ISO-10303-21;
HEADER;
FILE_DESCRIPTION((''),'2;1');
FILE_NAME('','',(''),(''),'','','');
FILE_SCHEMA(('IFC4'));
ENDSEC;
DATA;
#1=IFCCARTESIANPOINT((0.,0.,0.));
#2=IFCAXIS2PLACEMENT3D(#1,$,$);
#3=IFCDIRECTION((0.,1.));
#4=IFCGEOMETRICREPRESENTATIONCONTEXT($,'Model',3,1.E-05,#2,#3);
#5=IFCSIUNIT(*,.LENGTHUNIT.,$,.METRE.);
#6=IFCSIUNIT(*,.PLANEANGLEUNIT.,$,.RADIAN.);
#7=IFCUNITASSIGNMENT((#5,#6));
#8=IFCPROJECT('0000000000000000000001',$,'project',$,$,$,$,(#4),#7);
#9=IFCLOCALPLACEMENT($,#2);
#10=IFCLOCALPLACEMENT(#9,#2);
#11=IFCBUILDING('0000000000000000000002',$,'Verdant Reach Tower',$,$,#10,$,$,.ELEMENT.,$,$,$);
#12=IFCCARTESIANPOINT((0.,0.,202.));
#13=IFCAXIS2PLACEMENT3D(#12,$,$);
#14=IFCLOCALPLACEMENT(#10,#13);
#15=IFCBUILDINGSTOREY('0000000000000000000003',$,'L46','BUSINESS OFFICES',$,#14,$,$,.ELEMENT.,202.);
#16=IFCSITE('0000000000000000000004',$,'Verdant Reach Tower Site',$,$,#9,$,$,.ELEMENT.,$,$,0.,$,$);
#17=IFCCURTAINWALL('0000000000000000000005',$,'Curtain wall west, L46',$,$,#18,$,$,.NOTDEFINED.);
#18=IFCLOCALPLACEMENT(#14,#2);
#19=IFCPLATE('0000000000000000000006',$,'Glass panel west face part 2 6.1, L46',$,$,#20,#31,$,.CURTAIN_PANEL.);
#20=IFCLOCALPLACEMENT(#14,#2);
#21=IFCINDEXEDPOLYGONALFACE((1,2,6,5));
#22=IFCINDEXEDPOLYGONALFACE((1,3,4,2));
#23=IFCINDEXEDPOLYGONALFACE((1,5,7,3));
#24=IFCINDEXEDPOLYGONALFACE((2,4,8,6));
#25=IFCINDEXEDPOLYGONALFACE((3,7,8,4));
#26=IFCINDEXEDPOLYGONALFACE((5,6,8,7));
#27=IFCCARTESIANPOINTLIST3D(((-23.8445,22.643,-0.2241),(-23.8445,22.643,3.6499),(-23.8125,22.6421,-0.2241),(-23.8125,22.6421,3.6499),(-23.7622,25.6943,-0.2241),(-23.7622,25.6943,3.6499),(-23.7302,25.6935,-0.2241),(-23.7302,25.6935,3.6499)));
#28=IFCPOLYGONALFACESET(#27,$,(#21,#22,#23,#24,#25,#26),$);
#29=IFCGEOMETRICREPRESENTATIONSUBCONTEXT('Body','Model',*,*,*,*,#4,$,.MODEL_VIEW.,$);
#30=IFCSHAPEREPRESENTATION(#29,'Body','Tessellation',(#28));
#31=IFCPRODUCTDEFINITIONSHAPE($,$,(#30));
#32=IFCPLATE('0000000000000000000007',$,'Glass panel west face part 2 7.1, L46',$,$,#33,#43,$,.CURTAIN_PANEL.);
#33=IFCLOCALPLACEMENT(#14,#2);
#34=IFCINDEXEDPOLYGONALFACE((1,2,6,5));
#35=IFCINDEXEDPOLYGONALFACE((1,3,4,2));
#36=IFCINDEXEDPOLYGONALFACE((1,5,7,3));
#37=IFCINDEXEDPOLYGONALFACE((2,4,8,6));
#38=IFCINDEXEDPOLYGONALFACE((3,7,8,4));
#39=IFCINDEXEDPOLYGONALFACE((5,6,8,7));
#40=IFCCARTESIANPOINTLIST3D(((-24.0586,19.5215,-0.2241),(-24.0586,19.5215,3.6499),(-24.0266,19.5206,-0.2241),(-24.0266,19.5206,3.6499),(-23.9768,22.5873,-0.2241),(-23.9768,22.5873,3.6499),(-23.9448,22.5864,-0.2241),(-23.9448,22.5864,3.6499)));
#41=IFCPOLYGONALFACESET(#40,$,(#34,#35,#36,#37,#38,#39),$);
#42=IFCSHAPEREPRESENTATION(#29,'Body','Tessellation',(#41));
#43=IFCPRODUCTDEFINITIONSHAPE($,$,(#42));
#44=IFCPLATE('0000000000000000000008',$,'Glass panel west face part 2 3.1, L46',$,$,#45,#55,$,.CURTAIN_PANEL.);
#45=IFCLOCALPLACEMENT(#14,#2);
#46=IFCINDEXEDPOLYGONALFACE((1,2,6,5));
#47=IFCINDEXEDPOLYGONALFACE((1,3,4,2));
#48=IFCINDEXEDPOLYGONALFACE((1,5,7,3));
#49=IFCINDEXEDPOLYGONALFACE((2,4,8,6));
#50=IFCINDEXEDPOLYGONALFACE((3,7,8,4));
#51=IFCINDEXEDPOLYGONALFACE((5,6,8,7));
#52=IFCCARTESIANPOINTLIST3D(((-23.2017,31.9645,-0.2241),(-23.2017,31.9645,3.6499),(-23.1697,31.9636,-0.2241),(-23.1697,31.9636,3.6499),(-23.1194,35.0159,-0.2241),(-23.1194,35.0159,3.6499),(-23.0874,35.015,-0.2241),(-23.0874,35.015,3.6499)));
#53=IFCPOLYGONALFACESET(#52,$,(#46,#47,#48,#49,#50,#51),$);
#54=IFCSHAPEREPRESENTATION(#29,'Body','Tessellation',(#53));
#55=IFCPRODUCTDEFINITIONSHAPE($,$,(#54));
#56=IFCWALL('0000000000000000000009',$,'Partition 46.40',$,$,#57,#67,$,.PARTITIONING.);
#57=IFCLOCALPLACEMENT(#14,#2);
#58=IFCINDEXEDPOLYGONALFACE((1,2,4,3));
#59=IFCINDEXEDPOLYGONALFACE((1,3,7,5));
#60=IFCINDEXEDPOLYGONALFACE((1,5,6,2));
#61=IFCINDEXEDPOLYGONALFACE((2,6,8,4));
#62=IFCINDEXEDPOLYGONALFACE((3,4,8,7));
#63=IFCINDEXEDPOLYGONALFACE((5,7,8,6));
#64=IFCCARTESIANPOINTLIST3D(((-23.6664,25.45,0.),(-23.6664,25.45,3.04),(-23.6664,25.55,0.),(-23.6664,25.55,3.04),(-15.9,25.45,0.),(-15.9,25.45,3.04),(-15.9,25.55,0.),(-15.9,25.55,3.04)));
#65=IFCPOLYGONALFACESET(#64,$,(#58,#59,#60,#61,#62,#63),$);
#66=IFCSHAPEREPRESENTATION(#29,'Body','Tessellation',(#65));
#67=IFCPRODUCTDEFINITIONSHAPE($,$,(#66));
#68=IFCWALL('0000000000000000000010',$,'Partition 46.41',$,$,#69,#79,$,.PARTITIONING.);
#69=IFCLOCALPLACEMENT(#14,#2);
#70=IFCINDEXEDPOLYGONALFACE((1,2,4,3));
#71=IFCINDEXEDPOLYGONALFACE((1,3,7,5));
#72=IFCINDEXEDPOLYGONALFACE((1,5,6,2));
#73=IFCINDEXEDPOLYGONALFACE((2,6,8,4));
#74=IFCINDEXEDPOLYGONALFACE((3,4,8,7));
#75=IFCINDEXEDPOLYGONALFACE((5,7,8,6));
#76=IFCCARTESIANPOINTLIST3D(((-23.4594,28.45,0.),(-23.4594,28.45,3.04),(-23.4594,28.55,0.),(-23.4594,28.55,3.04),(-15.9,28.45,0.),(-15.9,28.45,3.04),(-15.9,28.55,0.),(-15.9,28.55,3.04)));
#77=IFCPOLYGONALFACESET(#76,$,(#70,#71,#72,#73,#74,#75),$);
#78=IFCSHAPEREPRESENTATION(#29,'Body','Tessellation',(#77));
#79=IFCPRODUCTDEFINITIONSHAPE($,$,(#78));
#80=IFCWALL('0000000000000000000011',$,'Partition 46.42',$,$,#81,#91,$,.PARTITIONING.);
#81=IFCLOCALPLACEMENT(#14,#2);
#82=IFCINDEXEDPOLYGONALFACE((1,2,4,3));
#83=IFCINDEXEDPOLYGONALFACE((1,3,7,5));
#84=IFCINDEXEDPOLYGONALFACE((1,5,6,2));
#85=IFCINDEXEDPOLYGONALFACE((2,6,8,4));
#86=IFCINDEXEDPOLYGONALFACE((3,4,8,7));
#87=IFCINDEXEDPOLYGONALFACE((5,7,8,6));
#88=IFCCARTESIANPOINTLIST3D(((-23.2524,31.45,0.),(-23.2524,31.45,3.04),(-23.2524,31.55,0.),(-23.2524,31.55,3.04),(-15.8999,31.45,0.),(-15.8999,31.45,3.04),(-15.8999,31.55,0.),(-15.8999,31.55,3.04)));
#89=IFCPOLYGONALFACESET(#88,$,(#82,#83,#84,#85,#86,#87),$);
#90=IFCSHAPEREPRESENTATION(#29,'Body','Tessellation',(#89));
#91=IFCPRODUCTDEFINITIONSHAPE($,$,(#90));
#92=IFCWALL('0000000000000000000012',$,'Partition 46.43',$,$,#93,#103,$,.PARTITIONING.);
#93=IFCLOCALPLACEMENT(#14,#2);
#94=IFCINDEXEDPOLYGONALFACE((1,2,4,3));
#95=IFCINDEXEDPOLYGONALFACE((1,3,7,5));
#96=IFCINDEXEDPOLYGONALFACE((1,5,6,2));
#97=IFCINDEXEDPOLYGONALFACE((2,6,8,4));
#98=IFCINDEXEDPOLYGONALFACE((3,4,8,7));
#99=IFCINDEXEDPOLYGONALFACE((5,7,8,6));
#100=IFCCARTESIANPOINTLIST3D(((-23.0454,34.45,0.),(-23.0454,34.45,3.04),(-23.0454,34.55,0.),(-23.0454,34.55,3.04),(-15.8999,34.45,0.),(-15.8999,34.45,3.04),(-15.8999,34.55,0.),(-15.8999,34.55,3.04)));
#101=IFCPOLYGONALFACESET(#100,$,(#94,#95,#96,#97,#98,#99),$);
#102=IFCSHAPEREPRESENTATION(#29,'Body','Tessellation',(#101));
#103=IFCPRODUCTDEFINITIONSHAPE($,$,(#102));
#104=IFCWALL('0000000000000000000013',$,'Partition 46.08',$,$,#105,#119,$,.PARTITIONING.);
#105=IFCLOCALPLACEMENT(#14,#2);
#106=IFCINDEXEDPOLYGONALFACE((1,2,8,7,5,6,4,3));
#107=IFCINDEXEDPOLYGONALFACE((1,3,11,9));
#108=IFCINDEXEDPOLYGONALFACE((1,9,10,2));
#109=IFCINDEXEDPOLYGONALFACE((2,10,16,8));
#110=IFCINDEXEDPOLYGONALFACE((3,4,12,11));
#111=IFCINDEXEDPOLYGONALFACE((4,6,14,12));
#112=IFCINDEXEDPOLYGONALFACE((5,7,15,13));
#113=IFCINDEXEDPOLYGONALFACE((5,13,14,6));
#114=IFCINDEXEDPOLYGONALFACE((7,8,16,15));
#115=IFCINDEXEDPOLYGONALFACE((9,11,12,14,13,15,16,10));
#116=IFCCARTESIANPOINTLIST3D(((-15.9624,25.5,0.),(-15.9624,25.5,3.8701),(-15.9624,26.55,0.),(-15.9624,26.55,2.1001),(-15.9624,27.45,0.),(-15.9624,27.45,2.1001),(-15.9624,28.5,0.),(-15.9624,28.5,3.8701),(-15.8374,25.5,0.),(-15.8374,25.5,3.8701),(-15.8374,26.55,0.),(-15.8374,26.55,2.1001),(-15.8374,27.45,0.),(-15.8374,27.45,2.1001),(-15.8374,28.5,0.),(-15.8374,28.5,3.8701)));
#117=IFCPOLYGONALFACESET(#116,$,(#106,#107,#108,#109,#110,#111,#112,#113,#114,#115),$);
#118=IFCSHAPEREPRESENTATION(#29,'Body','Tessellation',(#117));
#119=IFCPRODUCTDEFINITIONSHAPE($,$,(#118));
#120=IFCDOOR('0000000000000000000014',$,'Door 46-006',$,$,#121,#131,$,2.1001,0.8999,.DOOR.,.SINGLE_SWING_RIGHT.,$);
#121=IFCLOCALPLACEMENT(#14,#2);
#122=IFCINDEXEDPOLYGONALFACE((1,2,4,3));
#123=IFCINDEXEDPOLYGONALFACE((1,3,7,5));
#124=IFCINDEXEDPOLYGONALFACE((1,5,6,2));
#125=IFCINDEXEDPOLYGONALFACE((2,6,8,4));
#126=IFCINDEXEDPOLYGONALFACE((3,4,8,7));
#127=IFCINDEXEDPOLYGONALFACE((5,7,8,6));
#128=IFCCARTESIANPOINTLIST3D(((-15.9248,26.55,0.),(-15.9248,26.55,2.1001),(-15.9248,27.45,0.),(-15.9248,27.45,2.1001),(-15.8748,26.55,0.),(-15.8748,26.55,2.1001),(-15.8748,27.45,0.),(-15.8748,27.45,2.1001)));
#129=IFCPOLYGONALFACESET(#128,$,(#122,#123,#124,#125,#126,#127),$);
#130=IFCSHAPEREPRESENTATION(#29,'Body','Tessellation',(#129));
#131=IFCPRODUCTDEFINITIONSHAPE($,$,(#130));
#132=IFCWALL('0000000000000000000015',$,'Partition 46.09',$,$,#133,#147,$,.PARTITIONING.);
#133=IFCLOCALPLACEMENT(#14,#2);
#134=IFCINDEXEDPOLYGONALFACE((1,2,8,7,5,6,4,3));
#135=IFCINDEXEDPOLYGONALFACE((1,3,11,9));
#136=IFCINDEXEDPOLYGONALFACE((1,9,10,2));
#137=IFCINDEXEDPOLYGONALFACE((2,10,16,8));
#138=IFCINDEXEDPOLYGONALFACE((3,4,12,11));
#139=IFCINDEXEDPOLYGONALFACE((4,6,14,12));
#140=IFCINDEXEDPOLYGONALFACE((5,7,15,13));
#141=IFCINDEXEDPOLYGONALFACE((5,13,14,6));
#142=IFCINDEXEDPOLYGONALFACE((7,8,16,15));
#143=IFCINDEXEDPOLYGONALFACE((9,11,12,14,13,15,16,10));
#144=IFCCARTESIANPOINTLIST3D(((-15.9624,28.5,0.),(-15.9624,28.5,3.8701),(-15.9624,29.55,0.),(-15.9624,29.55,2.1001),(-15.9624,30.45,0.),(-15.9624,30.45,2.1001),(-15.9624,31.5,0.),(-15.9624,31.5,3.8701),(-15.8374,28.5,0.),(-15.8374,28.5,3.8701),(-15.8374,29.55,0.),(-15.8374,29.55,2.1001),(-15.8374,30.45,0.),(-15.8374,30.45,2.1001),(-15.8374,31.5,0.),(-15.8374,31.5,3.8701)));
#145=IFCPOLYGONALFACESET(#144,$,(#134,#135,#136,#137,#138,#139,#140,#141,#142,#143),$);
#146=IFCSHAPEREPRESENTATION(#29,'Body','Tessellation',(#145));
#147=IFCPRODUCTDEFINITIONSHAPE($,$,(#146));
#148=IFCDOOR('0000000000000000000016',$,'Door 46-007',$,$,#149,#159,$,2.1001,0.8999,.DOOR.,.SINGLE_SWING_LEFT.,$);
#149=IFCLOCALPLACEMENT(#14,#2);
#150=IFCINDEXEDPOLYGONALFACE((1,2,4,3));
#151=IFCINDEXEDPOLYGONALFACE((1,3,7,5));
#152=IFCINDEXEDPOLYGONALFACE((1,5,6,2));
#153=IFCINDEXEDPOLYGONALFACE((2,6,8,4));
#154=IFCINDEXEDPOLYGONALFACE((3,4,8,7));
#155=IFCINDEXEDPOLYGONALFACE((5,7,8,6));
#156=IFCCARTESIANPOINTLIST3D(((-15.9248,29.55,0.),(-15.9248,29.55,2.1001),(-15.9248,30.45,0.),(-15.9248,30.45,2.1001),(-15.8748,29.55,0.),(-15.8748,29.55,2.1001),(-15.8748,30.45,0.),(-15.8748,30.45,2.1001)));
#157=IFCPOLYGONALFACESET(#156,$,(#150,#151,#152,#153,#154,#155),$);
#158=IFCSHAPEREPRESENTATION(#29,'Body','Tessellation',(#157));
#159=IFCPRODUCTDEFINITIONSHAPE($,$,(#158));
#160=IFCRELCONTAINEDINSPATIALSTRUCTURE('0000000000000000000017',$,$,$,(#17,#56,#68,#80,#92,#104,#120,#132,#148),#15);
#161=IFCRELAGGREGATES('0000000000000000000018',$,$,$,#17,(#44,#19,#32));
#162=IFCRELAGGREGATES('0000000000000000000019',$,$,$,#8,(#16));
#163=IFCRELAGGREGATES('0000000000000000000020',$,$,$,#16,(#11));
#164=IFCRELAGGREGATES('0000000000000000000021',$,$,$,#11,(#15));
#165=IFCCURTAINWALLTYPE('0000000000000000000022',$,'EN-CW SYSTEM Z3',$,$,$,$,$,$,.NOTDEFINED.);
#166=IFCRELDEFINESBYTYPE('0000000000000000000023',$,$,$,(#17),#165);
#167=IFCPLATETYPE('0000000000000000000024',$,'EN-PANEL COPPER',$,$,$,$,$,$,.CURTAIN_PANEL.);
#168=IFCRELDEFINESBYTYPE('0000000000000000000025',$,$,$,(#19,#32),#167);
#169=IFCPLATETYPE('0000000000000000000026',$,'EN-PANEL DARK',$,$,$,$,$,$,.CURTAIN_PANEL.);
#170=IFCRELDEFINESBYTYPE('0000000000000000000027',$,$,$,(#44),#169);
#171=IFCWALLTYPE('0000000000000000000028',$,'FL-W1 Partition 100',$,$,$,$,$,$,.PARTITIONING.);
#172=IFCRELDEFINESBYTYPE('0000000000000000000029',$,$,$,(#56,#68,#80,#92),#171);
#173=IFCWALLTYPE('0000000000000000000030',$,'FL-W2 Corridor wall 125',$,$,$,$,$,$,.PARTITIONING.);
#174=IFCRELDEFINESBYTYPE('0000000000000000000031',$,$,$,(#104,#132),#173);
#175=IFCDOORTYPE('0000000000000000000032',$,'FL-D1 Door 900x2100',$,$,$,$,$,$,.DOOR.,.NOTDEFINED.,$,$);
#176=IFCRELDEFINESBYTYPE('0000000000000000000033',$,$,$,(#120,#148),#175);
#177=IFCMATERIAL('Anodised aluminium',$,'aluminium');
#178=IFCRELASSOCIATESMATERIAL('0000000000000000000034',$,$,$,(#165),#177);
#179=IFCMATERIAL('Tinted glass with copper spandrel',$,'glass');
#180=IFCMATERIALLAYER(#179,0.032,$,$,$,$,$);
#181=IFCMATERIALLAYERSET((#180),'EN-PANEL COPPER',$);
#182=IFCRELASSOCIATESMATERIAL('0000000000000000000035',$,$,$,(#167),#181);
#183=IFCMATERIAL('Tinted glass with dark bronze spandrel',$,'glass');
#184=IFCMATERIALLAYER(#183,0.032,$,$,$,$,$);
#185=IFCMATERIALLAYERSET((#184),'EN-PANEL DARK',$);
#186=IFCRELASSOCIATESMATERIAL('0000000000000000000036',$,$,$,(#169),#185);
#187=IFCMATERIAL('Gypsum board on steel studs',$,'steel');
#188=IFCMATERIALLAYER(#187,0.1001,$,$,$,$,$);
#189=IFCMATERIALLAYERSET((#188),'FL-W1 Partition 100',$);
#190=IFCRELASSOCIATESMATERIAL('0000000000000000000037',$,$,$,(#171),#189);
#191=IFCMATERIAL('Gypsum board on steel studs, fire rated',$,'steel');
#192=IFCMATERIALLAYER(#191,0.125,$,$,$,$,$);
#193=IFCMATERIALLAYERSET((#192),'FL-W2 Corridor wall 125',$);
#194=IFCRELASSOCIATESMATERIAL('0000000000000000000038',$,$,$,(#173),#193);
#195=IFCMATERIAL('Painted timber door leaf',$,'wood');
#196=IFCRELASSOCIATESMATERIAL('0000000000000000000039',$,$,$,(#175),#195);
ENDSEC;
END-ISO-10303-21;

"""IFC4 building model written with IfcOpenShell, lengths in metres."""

from ifc_helpers import new_model, si_unit, direction, frame, frame_2d, origin, origin_2d, place, context, subcontext, project, spatial, rectangle, extrude, material, layer, layer_set, type_object, element, fill, aggregate, save


model = new_model("IFC4")

# Units and contexts
model_context = context("Model", 3, precision=1e-05, world=origin(), true_north=direction((0.0, 1.0)))
body_context = subcontext(model_context, "Body", "Model", "MODEL_VIEW")
ifc_project = project(units=[si_unit("LENGTHUNIT", "METRE"), si_unit("PLANEANGLEUNIT", "RADIAN")], contexts=[model_context])

# Site, building, storey
site_placement = place(None, origin())
site = spatial("IfcSite", under=ifc_project, at=site_placement, Name="Verdant Reach Tower Site", CompositionType="ELEMENT", RefElevation=0.0)
building_placement = place(site_placement, origin())
building = spatial("IfcBuilding", under=site, at=building_placement, Name="Verdant Reach Tower", CompositionType="ELEMENT")
storey_placement = place(building_placement, frame((0.0, 0.0, 202.0)))
storey = spatial("IfcBuildingStorey", under=building, at=storey_placement, Name="L46", Description="BUSINESS OFFICES", CompositionType="ELEMENT", Elevation=202.0)

# Curtain wall, plates
ifc_material_1 = material(Name="Anodised aluminium", Category="aluminium")
curtain_wall_type = type_object("IfcCurtainWallType", Name="EN-CW SYSTEM Z3", PredefinedType="NOTDEFINED", material=ifc_material_1)
curtain_wall_placement = place(storey_placement, origin())
curtain_wall = element("IfcCurtainWall", 1, at=curtain_wall_placement, inside=storey, type_object=curtain_wall_type, Name="Curtain wall west, L46", PredefinedType="NOTDEFINED")
ifc_material_2 = material(Name="Tinted glass with copper spandrel", Category="glass")
ifc_layer_1 = layer(ifc_material_2, 0.032)
ifc_layer_set_1 = layer_set([ifc_layer_1], Name="EN-PANEL COPPER")
plate_type_1 = type_object("IfcPlateType", Name="EN-PANEL COPPER", PredefinedType="CURTAIN_PANEL", material=ifc_layer_set_1)
plate_1_placement = place(storey_placement, frame((-23.7874, 24.1682, -0.2241), z_axis=(0.0, 0.0, 1.0), x_axis=(-0.026965, -0.999636, 0.0)))
plate_1 = element("IfcPlate", 2, at=plate_1_placement, type_object=plate_type_1, Name="Glass panel west face part 2 6.1, L46", PredefinedType="CURTAIN_PANEL", context=body_context, shape_type="SweptSolid", body=[
    extrude(rectangle(XDim=3.0525, YDim=0.032, at=origin_2d()), origin(), (0.0, 0.0, 1.0), 3.874),
])
plate_2_placement = place(storey_placement, frame((-24.0017, 21.054, -0.2241), z_axis=(0.0, 0.0, 1.0), x_axis=(-0.02666, -0.999645, 0.0)))
plate_2 = element("IfcPlate", 3, at=plate_2_placement, type_object=plate_type_1, Name="Glass panel west face part 2 7.1, L46", PredefinedType="CURTAIN_PANEL", context=body_context, shape_type="SweptSolid", body=[
    extrude(rectangle(XDim=3.0669, YDim=0.032, at=origin_2d()), origin(), (0.0, 0.0, 1.0), 3.874),
])
ifc_material_3 = material(Name="Tinted glass with dark bronze spandrel", Category="glass")
ifc_layer_2 = layer(ifc_material_3, 0.032)
ifc_layer_set_2 = layer_set([ifc_layer_2], Name="EN-PANEL DARK")
plate_type_2 = type_object("IfcPlateType", Name="EN-PANEL DARK", PredefinedType="CURTAIN_PANEL", material=ifc_layer_set_2)
plate_3_placement = place(storey_placement, frame((-23.1445, 33.4897, -0.2241), z_axis=(0.0, 0.0, 1.0), x_axis=(-0.026965, -0.999636, 0.0)))
plate_3 = element("IfcPlate", 4, at=plate_3_placement, type_object=plate_type_2, Name="Glass panel west face part 2 3.1, L46", PredefinedType="CURTAIN_PANEL", context=body_context, shape_type="SweptSolid", body=[
    extrude(rectangle(XDim=3.0525, YDim=0.032, at=origin_2d()), origin(), (0.0, 0.0, 1.0), 3.874),
])
aggregate(curtain_wall, [plate_3, plate_1, plate_2])

# Walls
ifc_material_4 = material(Name="Gypsum board on steel studs", Category="steel")
ifc_layer_3 = layer(ifc_material_4, 0.1001)
ifc_layer_set_3 = layer_set([ifc_layer_3], Name="FL-W1 Partition 100")
wall_type_1 = type_object("IfcWallType", Name="FL-W1 Partition 100", PredefinedType="PARTITIONING", material=ifc_layer_set_3)
wall_1_placement = place(storey_placement, frame((-15.8999, 25.5, 0.0), z_axis=(0.0, 0.0, 1.0), x_axis=(-1.0, 0.0, 0.0)))
element("IfcWall", 5, at=wall_1_placement, inside=storey, type_object=wall_type_1, Name="Partition 46.40", PredefinedType="PARTITIONING", context=body_context, shape_type="SweptSolid", body=[
    extrude(rectangle(XDim=7.7664, YDim=0.1001, at=frame_2d((3.8833, 0.0))), origin(), (0.0, 0.0, 1.0), 3.04),
])
wall_2_placement = place(storey_placement, frame((-15.8999, 28.5, 0.0), z_axis=(0.0, 0.0, 1.0), x_axis=(-1.0, 0.0, 0.0)))
element("IfcWall", 6, at=wall_2_placement, inside=storey, type_object=wall_type_1, Name="Partition 46.41", PredefinedType="PARTITIONING", context=body_context, shape_type="SweptSolid", body=[
    extrude(rectangle(XDim=7.5593, YDim=0.1001, at=frame_2d((3.7798, 0.0))), origin(), (0.0, 0.0, 1.0), 3.04),
])
wall_3_placement = place(storey_placement, frame((-15.8999, 31.5, 0.0), z_axis=(0.0, 0.0, 1.0), x_axis=(-1.0, 0.0, 0.0)))
element("IfcWall", 7, at=wall_3_placement, inside=storey, type_object=wall_type_1, Name="Partition 46.42", PredefinedType="PARTITIONING", context=body_context, shape_type="SweptSolid", body=[
    extrude(rectangle(XDim=7.3525, YDim=0.1001, at=frame_2d((3.6763, 0.0))), origin(), (0.0, 0.0, 1.0), 3.04),
])
wall_4_placement = place(storey_placement, frame((-15.8999, 34.5, 0.0), z_axis=(0.0, 0.0, 1.0), x_axis=(-1.0, 0.0, 0.0)))
element("IfcWall", 8, at=wall_4_placement, inside=storey, type_object=wall_type_1, Name="Partition 46.43", PredefinedType="PARTITIONING", context=body_context, shape_type="SweptSolid", body=[
    extrude(rectangle(XDim=7.1455, YDim=0.1001, at=frame_2d((3.5728, 0.0))), origin(), (0.0, 0.0, 1.0), 3.04),
])

# Walls, openings, doors
ifc_material_5 = material(Name="Gypsum board on steel studs, fire rated", Category="steel")
ifc_layer_4 = layer(ifc_material_5, 0.125)
ifc_layer_set_4 = layer_set([ifc_layer_4], Name="FL-W2 Corridor wall 125")
wall_type_2 = type_object("IfcWallType", Name="FL-W2 Corridor wall 125", PredefinedType="PARTITIONING", material=ifc_layer_set_4)
wall_5_placement = place(storey_placement, frame((-15.8999, 25.5, 0.0), z_axis=(0.0, 0.0, 1.0), x_axis=(0.0, 1.0, 0.0)))
wall_5 = element("IfcWall", 9, at=wall_5_placement, inside=storey, type_object=wall_type_2, Name="Partition 46.08", PredefinedType="PARTITIONING", context=body_context, shape_type="SweptSolid", body=[
    extrude(rectangle(XDim=3.0, YDim=0.125, at=frame_2d((1.5, 0.0))), origin(), (0.0, 0.0, 1.0), 3.8701),
])
opening_1_placement = place(wall_5_placement, frame((1.05, 0.0, 0.0)))
opening_1 = element("IfcOpeningElement", 10, at=opening_1_placement, cuts=wall_5, PredefinedType="OPENING", context=body_context, shape_type="SweptSolid", body=[
    extrude(rectangle(XDim=0.8999, YDim=2.1001, at=frame_2d((0.45, 1.05))), frame((0.0, 0.0725, 0.0), z_axis=(0.0, -1.0, 0.0), x_axis=(1.0, 0.0, 0.0)), (0.0, 0.0, 1.0), 0.145),
])
ifc_material_6 = material(Name="Painted timber door leaf", Category="wood")
door_type_1 = type_object("IfcDoorType", Name="FL-D1 Door 900x2100", OperationType="NOTDEFINED", PredefinedType="DOOR", material=ifc_material_6)
door_1_placement = place(opening_1_placement, origin())
door_1 = element("IfcDoor", 11, at=door_1_placement, inside=storey, type_object=door_type_1, Name="Door 46-006", OperationType="SINGLE_SWING_RIGHT", OverallHeight=2.1001, OverallWidth=0.8999, PredefinedType="DOOR", context=body_context, shape_type="SweptSolid", body=[
    extrude(rectangle(XDim=0.8999, YDim=2.1001, at=frame_2d((0.45, 1.05))), frame((0.0, 0.0249, 0.0), z_axis=(0.0, -1.0, 0.0), x_axis=(1.0, 0.0, 0.0)), (0.0, 0.0, 1.0), 0.05),
])
fill(opening_1, door_1)
wall_6_placement = place(storey_placement, frame((-15.8999, 28.5, 0.0), z_axis=(0.0, 0.0, 1.0), x_axis=(0.0, 1.0, 0.0)))
wall_6 = element("IfcWall", 12, at=wall_6_placement, inside=storey, type_object=wall_type_2, Name="Partition 46.09", PredefinedType="PARTITIONING", context=body_context, shape_type="SweptSolid", body=[
    extrude(rectangle(XDim=3.0, YDim=0.125, at=frame_2d((1.5, 0.0))), origin(), (0.0, 0.0, 1.0), 3.8701),
])
opening_2_placement = place(wall_6_placement, frame((1.05, 0.0, 0.0)))
opening_2 = element("IfcOpeningElement", 13, at=opening_2_placement, cuts=wall_6, PredefinedType="OPENING", context=body_context, shape_type="SweptSolid", body=[
    extrude(rectangle(XDim=0.8999, YDim=2.1001, at=frame_2d((0.45, 1.05))), frame((0.0, 0.0725, 0.0), z_axis=(0.0, -1.0, 0.0), x_axis=(1.0, 0.0, 0.0)), (0.0, 0.0, 1.0), 0.145),
])
door_2_placement = place(opening_2_placement, origin())
door_2 = element("IfcDoor", 14, at=door_2_placement, inside=storey, type_object=door_type_1, Name="Door 46-007", OperationType="SINGLE_SWING_LEFT", OverallHeight=2.1001, OverallWidth=0.8999, PredefinedType="DOOR", context=body_context, shape_type="SweptSolid", body=[
    extrude(rectangle(XDim=0.8999, YDim=2.1001, at=frame_2d((0.45, 1.05))), frame((0.0, 0.0249, 0.0), z_axis=(0.0, -1.0, 0.0), x_axis=(1.0, 0.0, 0.0)), (0.0, 0.0, 1.0), 0.05),
])
fill(opening_2, door_2)

save(model, "model.ifc")
